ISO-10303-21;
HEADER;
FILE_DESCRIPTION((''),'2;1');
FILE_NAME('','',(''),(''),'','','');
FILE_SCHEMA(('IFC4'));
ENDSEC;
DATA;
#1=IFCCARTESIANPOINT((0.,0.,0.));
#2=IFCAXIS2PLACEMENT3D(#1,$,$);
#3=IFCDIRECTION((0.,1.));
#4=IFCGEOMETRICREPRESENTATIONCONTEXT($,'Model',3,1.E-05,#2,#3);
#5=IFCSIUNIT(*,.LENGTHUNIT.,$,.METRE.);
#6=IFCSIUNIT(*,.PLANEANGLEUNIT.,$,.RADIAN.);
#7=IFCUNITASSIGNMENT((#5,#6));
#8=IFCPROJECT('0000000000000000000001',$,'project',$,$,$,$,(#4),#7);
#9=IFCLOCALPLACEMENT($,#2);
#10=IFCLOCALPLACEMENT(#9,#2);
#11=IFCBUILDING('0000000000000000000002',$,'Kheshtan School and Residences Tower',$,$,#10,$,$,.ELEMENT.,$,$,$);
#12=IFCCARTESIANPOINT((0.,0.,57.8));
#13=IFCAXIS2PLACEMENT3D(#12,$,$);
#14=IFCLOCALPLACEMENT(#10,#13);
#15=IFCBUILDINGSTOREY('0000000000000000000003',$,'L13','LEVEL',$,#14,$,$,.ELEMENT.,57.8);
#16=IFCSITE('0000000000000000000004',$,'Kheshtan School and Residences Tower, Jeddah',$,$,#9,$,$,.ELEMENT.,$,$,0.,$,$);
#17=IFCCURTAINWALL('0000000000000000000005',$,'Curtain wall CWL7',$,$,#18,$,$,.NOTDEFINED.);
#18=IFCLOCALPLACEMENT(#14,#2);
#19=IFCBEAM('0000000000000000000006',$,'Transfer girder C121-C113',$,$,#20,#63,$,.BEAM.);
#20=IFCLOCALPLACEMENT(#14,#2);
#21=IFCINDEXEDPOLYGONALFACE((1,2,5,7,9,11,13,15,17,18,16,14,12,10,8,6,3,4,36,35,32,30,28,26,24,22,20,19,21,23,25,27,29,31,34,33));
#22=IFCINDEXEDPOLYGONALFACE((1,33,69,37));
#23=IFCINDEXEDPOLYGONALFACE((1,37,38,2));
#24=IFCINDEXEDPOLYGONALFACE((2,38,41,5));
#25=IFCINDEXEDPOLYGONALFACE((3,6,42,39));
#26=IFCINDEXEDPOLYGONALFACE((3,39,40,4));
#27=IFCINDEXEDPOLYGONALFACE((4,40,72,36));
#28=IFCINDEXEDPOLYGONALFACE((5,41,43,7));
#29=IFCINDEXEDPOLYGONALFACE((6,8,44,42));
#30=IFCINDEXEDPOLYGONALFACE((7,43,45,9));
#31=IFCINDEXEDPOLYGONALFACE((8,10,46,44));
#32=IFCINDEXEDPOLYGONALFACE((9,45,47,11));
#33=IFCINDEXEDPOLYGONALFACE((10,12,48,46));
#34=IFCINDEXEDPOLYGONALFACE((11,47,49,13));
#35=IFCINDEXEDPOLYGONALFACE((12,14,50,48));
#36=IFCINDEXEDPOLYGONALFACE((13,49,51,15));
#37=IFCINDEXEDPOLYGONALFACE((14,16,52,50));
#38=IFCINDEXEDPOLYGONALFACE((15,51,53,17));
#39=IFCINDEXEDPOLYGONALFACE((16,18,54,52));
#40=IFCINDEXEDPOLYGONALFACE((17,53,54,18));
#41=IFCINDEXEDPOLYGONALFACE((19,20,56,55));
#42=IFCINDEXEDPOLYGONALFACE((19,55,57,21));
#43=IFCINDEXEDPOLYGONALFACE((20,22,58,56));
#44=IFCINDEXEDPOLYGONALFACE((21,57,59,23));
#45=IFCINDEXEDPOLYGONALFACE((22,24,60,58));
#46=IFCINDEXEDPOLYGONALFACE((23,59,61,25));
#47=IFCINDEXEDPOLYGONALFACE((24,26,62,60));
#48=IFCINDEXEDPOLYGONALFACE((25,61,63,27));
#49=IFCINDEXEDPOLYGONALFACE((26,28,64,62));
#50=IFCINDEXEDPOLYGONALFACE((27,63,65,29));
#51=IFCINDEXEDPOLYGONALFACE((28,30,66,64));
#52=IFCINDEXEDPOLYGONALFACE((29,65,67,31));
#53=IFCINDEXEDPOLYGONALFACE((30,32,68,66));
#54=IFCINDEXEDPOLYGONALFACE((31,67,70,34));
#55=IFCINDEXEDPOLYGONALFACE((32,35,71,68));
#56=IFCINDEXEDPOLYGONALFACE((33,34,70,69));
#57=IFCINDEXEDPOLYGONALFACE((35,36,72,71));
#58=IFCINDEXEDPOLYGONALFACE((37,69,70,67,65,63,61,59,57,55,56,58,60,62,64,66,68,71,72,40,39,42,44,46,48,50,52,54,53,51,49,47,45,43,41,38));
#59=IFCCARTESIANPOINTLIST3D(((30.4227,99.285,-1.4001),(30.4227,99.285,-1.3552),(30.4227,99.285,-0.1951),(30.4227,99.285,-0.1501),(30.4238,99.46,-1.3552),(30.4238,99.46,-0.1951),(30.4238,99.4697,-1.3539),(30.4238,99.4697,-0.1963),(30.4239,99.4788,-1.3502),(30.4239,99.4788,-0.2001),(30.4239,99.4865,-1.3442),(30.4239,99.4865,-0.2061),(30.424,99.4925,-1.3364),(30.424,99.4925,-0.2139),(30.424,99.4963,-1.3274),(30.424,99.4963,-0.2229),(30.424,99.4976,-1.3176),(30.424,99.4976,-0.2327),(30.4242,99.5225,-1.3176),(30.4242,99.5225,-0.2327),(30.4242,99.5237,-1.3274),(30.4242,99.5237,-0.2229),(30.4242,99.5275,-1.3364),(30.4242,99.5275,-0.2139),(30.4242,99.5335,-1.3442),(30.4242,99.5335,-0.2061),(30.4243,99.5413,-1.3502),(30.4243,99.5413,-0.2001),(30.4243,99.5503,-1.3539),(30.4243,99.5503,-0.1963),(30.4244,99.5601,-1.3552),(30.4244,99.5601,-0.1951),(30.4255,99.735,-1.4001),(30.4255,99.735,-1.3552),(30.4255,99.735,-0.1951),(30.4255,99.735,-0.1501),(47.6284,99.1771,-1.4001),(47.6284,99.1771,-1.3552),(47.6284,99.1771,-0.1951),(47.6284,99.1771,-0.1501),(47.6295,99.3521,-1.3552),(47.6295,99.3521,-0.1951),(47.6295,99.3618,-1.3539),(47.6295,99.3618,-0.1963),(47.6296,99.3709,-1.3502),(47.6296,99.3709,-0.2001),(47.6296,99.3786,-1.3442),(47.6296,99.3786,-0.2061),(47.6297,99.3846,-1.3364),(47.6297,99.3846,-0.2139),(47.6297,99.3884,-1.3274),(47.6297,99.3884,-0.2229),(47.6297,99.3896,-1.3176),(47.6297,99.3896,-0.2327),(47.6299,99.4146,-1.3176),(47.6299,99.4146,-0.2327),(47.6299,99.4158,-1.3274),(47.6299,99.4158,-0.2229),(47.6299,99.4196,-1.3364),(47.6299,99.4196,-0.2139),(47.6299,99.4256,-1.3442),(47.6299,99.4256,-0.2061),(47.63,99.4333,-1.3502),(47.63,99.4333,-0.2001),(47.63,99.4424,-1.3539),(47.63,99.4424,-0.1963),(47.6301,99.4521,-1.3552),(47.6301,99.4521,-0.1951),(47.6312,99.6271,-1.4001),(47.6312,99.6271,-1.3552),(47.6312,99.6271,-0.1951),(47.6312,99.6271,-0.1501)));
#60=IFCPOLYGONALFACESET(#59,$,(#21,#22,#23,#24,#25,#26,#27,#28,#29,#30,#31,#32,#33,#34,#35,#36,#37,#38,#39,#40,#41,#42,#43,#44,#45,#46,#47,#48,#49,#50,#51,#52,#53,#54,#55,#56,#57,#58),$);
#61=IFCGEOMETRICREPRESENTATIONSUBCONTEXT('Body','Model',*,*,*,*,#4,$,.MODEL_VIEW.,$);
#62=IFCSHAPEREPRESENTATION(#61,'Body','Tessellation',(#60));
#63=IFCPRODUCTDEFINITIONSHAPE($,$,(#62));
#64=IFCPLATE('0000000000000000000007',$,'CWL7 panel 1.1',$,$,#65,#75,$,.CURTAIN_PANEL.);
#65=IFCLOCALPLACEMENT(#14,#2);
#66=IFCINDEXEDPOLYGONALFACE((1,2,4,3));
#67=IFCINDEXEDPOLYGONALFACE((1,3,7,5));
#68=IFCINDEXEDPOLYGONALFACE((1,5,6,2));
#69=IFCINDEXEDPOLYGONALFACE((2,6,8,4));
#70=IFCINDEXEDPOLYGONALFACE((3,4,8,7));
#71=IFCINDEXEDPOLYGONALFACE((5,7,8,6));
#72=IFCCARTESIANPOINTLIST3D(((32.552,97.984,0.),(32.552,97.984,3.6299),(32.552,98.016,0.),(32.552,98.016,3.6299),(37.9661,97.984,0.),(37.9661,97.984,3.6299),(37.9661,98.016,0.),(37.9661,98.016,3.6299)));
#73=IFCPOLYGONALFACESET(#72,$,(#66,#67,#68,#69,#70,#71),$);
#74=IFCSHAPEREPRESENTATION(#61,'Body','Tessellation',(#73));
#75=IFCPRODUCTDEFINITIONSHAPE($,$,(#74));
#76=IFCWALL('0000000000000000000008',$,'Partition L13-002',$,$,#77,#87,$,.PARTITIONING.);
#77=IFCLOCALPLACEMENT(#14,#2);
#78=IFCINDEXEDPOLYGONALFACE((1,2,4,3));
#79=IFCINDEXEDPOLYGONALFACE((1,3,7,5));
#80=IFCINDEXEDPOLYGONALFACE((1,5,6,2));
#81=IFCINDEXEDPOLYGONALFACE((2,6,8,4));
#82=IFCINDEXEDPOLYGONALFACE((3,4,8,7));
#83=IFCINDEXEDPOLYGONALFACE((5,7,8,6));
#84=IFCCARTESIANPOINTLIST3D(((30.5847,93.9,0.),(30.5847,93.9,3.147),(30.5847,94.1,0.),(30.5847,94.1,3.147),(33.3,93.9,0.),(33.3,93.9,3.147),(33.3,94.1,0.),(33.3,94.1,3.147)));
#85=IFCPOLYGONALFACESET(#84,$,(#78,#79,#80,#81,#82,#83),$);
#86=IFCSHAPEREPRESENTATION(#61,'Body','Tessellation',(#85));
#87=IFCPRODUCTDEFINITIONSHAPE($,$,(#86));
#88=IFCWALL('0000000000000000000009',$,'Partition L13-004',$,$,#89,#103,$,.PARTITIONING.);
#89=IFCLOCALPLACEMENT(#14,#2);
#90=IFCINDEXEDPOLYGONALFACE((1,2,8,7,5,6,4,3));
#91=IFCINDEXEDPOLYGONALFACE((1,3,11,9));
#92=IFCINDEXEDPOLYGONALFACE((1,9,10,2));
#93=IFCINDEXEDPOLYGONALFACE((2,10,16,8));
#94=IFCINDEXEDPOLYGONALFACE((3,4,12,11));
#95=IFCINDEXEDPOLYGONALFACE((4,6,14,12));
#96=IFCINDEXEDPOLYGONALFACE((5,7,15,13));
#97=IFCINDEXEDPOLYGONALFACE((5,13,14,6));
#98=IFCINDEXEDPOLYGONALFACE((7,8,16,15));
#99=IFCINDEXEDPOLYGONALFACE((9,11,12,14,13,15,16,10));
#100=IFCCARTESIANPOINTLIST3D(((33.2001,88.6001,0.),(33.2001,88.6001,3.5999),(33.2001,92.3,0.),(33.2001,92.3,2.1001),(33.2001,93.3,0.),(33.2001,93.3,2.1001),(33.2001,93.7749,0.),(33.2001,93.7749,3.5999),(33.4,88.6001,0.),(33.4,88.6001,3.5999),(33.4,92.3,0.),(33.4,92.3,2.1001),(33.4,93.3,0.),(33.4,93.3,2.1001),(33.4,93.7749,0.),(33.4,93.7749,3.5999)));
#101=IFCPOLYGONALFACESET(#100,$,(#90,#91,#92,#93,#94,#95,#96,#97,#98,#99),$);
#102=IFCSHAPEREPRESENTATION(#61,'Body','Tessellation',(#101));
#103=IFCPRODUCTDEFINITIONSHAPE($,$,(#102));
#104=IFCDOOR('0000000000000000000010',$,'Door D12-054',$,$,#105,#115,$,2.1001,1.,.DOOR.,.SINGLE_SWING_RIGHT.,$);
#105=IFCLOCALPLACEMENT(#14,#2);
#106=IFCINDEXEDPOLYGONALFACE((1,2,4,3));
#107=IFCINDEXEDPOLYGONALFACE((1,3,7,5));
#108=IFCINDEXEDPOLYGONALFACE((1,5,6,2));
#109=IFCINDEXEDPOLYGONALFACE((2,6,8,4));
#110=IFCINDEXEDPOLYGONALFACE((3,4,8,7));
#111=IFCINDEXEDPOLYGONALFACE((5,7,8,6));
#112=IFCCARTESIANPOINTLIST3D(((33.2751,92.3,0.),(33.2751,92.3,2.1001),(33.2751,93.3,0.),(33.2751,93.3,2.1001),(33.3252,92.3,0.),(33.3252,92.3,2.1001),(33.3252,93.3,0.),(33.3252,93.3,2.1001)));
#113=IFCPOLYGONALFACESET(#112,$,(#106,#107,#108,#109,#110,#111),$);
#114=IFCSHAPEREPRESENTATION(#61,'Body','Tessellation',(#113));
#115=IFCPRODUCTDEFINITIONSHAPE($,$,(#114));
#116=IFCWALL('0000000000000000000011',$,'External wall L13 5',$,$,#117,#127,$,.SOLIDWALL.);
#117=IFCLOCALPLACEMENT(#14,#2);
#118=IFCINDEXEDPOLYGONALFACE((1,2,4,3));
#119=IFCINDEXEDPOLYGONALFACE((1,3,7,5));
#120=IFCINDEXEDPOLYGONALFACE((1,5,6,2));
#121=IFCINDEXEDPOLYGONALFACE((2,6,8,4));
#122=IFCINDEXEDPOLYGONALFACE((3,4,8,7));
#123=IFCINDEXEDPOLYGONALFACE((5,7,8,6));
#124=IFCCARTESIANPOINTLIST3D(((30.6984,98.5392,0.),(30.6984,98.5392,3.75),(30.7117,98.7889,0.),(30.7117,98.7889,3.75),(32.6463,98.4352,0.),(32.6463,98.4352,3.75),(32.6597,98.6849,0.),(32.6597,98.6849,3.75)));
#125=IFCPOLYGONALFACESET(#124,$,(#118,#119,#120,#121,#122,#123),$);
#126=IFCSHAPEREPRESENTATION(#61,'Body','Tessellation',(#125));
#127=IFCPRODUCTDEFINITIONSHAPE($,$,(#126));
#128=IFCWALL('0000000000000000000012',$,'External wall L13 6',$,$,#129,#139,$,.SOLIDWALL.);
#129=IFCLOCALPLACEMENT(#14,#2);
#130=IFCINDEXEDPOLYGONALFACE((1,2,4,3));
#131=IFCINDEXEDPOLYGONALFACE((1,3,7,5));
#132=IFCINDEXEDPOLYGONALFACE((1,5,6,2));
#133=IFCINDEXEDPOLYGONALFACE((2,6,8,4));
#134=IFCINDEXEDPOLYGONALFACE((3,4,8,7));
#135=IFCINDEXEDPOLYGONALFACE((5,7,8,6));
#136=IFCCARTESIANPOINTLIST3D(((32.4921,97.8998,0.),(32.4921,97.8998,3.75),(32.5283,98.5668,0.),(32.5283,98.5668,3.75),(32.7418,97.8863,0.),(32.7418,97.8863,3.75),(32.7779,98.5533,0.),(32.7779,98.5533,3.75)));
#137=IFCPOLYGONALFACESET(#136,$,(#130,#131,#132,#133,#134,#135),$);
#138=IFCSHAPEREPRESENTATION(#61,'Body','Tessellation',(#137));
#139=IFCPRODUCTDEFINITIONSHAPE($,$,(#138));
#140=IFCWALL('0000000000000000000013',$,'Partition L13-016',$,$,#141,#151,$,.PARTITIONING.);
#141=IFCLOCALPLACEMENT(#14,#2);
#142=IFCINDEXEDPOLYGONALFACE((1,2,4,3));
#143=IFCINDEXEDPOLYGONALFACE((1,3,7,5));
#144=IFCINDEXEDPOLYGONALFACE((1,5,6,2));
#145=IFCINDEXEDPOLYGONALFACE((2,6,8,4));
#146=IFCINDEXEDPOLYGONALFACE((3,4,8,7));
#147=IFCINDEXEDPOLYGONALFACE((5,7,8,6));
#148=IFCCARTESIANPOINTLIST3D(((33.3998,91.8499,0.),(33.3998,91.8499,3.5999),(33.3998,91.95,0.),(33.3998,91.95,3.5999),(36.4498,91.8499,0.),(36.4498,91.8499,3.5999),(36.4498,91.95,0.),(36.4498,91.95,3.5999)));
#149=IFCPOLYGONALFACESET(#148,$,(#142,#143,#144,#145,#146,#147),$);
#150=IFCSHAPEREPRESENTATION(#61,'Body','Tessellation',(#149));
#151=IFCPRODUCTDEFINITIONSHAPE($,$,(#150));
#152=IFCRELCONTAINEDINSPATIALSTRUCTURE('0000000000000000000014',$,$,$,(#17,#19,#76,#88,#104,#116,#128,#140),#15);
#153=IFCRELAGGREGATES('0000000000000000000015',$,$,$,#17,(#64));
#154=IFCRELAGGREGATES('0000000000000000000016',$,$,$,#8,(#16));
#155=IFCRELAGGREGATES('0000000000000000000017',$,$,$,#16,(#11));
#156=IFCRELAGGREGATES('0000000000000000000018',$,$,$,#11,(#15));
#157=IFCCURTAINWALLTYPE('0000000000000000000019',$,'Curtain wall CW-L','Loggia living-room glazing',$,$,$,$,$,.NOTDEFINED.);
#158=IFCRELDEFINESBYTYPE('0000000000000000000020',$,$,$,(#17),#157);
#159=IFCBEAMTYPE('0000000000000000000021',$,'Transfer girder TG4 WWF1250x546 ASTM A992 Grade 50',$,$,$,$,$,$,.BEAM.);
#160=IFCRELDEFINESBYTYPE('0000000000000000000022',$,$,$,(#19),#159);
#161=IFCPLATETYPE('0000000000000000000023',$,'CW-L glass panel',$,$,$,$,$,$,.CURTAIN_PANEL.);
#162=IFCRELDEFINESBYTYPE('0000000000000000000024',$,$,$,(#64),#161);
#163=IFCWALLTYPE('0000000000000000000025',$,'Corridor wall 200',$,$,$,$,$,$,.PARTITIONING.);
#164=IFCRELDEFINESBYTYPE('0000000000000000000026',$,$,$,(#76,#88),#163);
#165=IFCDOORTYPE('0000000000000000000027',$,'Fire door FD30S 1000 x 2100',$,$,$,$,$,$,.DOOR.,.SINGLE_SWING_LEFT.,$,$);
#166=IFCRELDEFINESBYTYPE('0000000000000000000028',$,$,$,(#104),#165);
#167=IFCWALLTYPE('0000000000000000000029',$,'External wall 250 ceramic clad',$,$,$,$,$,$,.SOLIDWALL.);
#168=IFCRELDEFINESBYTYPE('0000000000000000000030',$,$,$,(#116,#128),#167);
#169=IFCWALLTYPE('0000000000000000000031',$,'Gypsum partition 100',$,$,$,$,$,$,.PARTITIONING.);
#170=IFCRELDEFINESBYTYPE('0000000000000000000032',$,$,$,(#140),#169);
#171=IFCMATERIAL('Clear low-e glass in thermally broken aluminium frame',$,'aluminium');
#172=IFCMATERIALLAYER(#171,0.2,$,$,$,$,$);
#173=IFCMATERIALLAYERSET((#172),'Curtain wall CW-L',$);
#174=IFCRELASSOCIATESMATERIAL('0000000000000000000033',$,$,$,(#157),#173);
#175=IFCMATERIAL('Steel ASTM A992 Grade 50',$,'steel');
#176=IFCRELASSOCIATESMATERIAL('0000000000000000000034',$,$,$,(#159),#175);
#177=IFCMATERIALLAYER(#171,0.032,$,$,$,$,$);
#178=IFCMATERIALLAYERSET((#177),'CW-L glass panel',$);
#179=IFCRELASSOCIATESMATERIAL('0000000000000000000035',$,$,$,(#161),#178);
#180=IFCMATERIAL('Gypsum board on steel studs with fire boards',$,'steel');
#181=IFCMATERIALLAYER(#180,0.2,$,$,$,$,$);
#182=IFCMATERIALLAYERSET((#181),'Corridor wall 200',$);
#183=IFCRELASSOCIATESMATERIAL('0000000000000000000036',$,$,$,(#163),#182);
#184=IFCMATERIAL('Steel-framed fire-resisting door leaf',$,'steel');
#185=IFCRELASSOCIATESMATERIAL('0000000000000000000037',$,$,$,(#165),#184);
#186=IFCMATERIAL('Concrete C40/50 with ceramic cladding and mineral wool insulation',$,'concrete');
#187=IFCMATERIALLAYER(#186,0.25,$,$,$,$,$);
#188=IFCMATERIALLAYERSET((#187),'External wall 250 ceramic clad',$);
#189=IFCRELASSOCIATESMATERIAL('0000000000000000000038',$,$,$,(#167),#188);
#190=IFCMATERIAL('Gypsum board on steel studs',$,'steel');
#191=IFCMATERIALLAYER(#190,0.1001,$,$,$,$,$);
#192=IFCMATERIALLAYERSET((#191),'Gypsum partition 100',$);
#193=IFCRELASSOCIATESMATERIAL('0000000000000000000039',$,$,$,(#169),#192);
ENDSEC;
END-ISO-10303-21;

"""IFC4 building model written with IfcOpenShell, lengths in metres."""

from ifc_helpers import new_model, si_unit, direction, frame, frame_2d, origin, origin_2d, place, context, subcontext, project, spatial, rectangle, i_section, extrude, source, transform, mapped, material, layer, layer_set, material_profile, profile_set, type_object, element, fill, aggregate, save


model = new_model("IFC4")

# Units and contexts
model_context = context("Model", 3, precision=1e-05, world=origin(), true_north=direction((0.0, 1.0)))
body_context = subcontext(model_context, "Body", "Model", "MODEL_VIEW")
ifc_project = project(units=[si_unit("LENGTHUNIT", "METRE"), si_unit("PLANEANGLEUNIT", "RADIAN")], contexts=[model_context])

# Site, building, storey
site_placement = place(None, origin())
site = spatial("IfcSite", under=ifc_project, at=site_placement, Name="Kheshtan School and Residences Tower, Jeddah", CompositionType="ELEMENT", RefElevation=0.0)
building_placement = place(site_placement, origin())
building = spatial("IfcBuilding", under=site, at=building_placement, Name="Kheshtan School and Residences Tower", CompositionType="ELEMENT")
storey_placement = place(building_placement, frame((0.0, 0.0, 57.8)))
storey = spatial("IfcBuildingStorey", under=building, at=storey_placement, Name="L13", Description="LEVEL", CompositionType="ELEMENT", Elevation=57.8)

# Shared definitions
ifc_material_1 = material(Name="Steel ASTM A992 Grade 50", Category="steel")

# Curtain wall
ifc_material_2 = material(Name="Clear low-e glass in thermally broken aluminium frame", Category="aluminium")
ifc_layer_1 = layer(ifc_material_2, 0.2)
ifc_layer_set_1 = layer_set([ifc_layer_1], Name="Curtain wall CW-L")
curtain_wall_type = type_object("IfcCurtainWallType", Name="Curtain wall CW-L", Description="Loggia living-room glazing", PredefinedType="NOTDEFINED", material=ifc_layer_set_1)
curtain_wall_placement = place(storey_placement, origin())
curtain_wall = element("IfcCurtainWall", 1, at=curtain_wall_placement, inside=storey, type_object=curtain_wall_type, Name="Curtain wall CWL7", PredefinedType="NOTDEFINED")

# Beam
ifc_material_profile_1 = material_profile(ifc_material_1, i_section(OverallWidth=0.45, OverallDepth=1.25, WebThickness=0.0249, FlangeThickness=0.0449, FilletRadius=0.0376, at=origin_2d()), Name="WWF1250x546")
ifc_profile_set_1 = profile_set([ifc_material_profile_1], Name="Steel ASTM A992 Grade 50")
beam_type_1 = type_object("IfcBeamType", Name="Transfer girder TG4 WWF1250x546 ASTM A992 Grade 50", PredefinedType="BEAM", material=ifc_profile_set_1)
beam_1_placement = place(storey_placement, frame((30.4241, 99.51, -0.7751), z_axis=(0.99998, -0.006272, 0.0), x_axis=(0.006272, 0.99998, 0.0)))
element("IfcBeam", 2, at=beam_1_placement, inside=storey, type_object=beam_type_1, Name="Transfer girder C121-C113", PredefinedType="BEAM", context=body_context, shape_type="SweptSolid", body=[
    extrude(i_section(OverallWidth=0.45, OverallDepth=1.25, WebThickness=0.0249, FlangeThickness=0.0449, FilletRadius=0.0376, at=origin_2d()), origin(), (0.0, 0.0, 1.0), 17.2061),
])

# Plate
ifc_layer_2 = layer(ifc_material_2, 0.032)
ifc_layer_set_2 = layer_set([ifc_layer_2], Name="CW-L glass panel")
plate_type = type_object("IfcPlateType", Name="CW-L glass panel", PredefinedType="CURTAIN_PANEL", material=ifc_layer_set_2)
plate_placement = place(storey_placement, frame((35.259, 98.0, 0.0), z_axis=(0.0, 0.0, 1.0), x_axis=(1.0, 0.0, 0.0)))
plate = element("IfcPlate", 3, at=plate_placement, type_object=plate_type, Name="CWL7 panel 1.1", PredefinedType="CURTAIN_PANEL", context=body_context, shape_type="SweptSolid", body=[
    extrude(rectangle(XDim=5.4141, YDim=0.032, at=origin_2d()), origin(), (0.0, 0.0, 1.0), 3.6299),
])
aggregate(curtain_wall, [plate])

# Wall
ifc_material_3 = material(Name="Gypsum board on steel studs with fire boards", Category="steel")
ifc_layer_3 = layer(ifc_material_3, 0.2)
ifc_layer_set_3 = layer_set([ifc_layer_3], Name="Corridor wall 200")
wall_type_1 = type_object("IfcWallType", Name="Corridor wall 200", PredefinedType="PARTITIONING", material=ifc_layer_set_3)
wall_1_placement = place(storey_placement, frame((30.5847, 94.0, 0.0), z_axis=(0.0, 0.0, 1.0), x_axis=(1.0, 0.0, 0.0)))
element("IfcWall", 4, at=wall_1_placement, inside=storey, type_object=wall_type_1, Name="Partition L13-002", PredefinedType="PARTITIONING", context=body_context, shape_type="SweptSolid", body=[
    extrude(rectangle(XDim=2.7153, YDim=0.2, at=frame_2d((1.3577, 0.0))), origin(), (0.0, 0.0, 1.0), 3.147),
])

# Wall, opening, door
wall_2_placement = place(storey_placement, frame((33.3, 88.6001, 0.0), z_axis=(0.0, 0.0, 1.0), x_axis=(0.0, 1.0, 0.0)))
wall_2 = element("IfcWall", 5, at=wall_2_placement, inside=storey, type_object=wall_type_1, Name="Partition L13-004", PredefinedType="PARTITIONING", context=body_context, shape_type="SweptSolid", body=[
    extrude(rectangle(XDim=5.1748, YDim=0.2, at=frame_2d((2.5874, 0.0))), origin(), (0.0, 0.0, 1.0), 3.5999),
])
opening_1_placement = place(wall_2_placement, frame((3.7, 0.0, 0.0)))
opening_1 = element("IfcOpeningElement", 6, at=opening_1_placement, cuts=wall_2, PredefinedType="OPENING", context=body_context, shape_type="SweptSolid", body=[
    extrude(rectangle(XDim=1.0, YDim=2.1001, at=frame_2d((0.5, 1.05))), frame((0.0, 0.1099, 0.0), z_axis=(0.0, -1.0, 0.0), x_axis=(1.0, 0.0, 0.0)), (0.0, 0.0, 1.0), 0.22),
])
ifc_material_4 = material(Name="Steel-framed fire-resisting door leaf", Category="steel")
door_type_1 = type_object("IfcDoorType", Name="Fire door FD30S 1000 x 2100", OperationType="SINGLE_SWING_LEFT", PredefinedType="DOOR", material=ifc_material_4)
shared_shape_1 = source(origin(), body_context, "Body", "SweptSolid", [
    extrude(rectangle(XDim=1.0, YDim=2.1001, at=frame_2d((0.5, 1.05))), frame((0.0, 0.0249, 0.0), z_axis=(0.0, -1.0, 0.0), x_axis=(1.0, 0.0, 0.0)), (0.0, 0.0, 1.0), 0.05),
])
door_1_placement = place(opening_1_placement, origin())
door_1 = element("IfcDoor", 7, at=door_1_placement, inside=storey, type_object=door_type_1, Name="Door D12-054", OperationType="SINGLE_SWING_RIGHT", OverallHeight=2.1001, OverallWidth=1.0, PredefinedType="DOOR", context=body_context, shape_type="MappedRepresentation", body=[
    mapped(shared_shape_1, transform((0.0, 0.0, 0.0), x_axis=(1.0, 0.0, 0.0), y_axis=(0.0, 1.0, 0.0), z_axis=(0.0, 0.0, 1.0), scale=1.0)),
])
fill(opening_1, door_1)

# Walls
ifc_material_5 = material(Name="Concrete C40/50 with ceramic cladding and mineral wool insulation", Category="concrete")
ifc_layer_4 = layer(ifc_material_5, 0.25)
ifc_layer_set_4 = layer_set([ifc_layer_4], Name="External wall 250 ceramic clad")
wall_type_2 = type_object("IfcWallType", Name="External wall 250 ceramic clad", PredefinedType="SOLIDWALL", material=ifc_layer_set_4)
wall_3_placement = place(storey_placement, frame((30.7051, 98.6641, 0.0), z_axis=(0.0, 0.0, 1.0), x_axis=(0.998578, -0.053314, 0.0)))
element("IfcWall", 8, at=wall_3_placement, inside=storey, type_object=wall_type_2, Name="External wall L13 5", PredefinedType="SOLIDWALL", context=body_context, shape_type="SweptSolid", body=[
    extrude(rectangle(XDim=1.9507, YDim=0.25, at=frame_2d((0.9753, 0.0))), origin(), (0.0, 0.0, 1.0), 3.75),
])
wall_4_placement = place(storey_placement, frame((32.6531, 98.5601, 0.0), z_axis=(0.0, 0.0, 1.0), x_axis=(-0.054093, -0.998536, 0.0)))
element("IfcWall", 9, at=wall_4_placement, inside=storey, type_object=wall_type_2, Name="External wall L13 6", PredefinedType="SOLIDWALL", context=body_context, shape_type="SweptSolid", body=[
    extrude(rectangle(XDim=0.668, YDim=0.25, at=frame_2d((0.334, 0.0))), origin(), (0.0, 0.0, 1.0), 3.75),
])
ifc_material_6 = material(Name="Gypsum board on steel studs", Category="steel")
ifc_layer_5 = layer(ifc_material_6, 0.1001)
ifc_layer_set_5 = layer_set([ifc_layer_5], Name="Gypsum partition 100")
wall_type_3 = type_object("IfcWallType", Name="Gypsum partition 100", PredefinedType="PARTITIONING", material=ifc_layer_set_5)
wall_5_placement = place(storey_placement, frame((33.3999, 91.8999, 0.0), z_axis=(0.0, 0.0, 1.0), x_axis=(1.0, 0.0, 0.0)))
element("IfcWall", 10, at=wall_5_placement, inside=storey, type_object=wall_type_3, Name="Partition L13-016", PredefinedType="PARTITIONING", context=body_context, shape_type="SweptSolid", body=[
    extrude(rectangle(XDim=3.05, YDim=0.1001, at=frame_2d((1.5249, 0.0))), origin(), (0.0, 0.0, 1.0), 3.5999),
])

save(model, "model.ifc")
